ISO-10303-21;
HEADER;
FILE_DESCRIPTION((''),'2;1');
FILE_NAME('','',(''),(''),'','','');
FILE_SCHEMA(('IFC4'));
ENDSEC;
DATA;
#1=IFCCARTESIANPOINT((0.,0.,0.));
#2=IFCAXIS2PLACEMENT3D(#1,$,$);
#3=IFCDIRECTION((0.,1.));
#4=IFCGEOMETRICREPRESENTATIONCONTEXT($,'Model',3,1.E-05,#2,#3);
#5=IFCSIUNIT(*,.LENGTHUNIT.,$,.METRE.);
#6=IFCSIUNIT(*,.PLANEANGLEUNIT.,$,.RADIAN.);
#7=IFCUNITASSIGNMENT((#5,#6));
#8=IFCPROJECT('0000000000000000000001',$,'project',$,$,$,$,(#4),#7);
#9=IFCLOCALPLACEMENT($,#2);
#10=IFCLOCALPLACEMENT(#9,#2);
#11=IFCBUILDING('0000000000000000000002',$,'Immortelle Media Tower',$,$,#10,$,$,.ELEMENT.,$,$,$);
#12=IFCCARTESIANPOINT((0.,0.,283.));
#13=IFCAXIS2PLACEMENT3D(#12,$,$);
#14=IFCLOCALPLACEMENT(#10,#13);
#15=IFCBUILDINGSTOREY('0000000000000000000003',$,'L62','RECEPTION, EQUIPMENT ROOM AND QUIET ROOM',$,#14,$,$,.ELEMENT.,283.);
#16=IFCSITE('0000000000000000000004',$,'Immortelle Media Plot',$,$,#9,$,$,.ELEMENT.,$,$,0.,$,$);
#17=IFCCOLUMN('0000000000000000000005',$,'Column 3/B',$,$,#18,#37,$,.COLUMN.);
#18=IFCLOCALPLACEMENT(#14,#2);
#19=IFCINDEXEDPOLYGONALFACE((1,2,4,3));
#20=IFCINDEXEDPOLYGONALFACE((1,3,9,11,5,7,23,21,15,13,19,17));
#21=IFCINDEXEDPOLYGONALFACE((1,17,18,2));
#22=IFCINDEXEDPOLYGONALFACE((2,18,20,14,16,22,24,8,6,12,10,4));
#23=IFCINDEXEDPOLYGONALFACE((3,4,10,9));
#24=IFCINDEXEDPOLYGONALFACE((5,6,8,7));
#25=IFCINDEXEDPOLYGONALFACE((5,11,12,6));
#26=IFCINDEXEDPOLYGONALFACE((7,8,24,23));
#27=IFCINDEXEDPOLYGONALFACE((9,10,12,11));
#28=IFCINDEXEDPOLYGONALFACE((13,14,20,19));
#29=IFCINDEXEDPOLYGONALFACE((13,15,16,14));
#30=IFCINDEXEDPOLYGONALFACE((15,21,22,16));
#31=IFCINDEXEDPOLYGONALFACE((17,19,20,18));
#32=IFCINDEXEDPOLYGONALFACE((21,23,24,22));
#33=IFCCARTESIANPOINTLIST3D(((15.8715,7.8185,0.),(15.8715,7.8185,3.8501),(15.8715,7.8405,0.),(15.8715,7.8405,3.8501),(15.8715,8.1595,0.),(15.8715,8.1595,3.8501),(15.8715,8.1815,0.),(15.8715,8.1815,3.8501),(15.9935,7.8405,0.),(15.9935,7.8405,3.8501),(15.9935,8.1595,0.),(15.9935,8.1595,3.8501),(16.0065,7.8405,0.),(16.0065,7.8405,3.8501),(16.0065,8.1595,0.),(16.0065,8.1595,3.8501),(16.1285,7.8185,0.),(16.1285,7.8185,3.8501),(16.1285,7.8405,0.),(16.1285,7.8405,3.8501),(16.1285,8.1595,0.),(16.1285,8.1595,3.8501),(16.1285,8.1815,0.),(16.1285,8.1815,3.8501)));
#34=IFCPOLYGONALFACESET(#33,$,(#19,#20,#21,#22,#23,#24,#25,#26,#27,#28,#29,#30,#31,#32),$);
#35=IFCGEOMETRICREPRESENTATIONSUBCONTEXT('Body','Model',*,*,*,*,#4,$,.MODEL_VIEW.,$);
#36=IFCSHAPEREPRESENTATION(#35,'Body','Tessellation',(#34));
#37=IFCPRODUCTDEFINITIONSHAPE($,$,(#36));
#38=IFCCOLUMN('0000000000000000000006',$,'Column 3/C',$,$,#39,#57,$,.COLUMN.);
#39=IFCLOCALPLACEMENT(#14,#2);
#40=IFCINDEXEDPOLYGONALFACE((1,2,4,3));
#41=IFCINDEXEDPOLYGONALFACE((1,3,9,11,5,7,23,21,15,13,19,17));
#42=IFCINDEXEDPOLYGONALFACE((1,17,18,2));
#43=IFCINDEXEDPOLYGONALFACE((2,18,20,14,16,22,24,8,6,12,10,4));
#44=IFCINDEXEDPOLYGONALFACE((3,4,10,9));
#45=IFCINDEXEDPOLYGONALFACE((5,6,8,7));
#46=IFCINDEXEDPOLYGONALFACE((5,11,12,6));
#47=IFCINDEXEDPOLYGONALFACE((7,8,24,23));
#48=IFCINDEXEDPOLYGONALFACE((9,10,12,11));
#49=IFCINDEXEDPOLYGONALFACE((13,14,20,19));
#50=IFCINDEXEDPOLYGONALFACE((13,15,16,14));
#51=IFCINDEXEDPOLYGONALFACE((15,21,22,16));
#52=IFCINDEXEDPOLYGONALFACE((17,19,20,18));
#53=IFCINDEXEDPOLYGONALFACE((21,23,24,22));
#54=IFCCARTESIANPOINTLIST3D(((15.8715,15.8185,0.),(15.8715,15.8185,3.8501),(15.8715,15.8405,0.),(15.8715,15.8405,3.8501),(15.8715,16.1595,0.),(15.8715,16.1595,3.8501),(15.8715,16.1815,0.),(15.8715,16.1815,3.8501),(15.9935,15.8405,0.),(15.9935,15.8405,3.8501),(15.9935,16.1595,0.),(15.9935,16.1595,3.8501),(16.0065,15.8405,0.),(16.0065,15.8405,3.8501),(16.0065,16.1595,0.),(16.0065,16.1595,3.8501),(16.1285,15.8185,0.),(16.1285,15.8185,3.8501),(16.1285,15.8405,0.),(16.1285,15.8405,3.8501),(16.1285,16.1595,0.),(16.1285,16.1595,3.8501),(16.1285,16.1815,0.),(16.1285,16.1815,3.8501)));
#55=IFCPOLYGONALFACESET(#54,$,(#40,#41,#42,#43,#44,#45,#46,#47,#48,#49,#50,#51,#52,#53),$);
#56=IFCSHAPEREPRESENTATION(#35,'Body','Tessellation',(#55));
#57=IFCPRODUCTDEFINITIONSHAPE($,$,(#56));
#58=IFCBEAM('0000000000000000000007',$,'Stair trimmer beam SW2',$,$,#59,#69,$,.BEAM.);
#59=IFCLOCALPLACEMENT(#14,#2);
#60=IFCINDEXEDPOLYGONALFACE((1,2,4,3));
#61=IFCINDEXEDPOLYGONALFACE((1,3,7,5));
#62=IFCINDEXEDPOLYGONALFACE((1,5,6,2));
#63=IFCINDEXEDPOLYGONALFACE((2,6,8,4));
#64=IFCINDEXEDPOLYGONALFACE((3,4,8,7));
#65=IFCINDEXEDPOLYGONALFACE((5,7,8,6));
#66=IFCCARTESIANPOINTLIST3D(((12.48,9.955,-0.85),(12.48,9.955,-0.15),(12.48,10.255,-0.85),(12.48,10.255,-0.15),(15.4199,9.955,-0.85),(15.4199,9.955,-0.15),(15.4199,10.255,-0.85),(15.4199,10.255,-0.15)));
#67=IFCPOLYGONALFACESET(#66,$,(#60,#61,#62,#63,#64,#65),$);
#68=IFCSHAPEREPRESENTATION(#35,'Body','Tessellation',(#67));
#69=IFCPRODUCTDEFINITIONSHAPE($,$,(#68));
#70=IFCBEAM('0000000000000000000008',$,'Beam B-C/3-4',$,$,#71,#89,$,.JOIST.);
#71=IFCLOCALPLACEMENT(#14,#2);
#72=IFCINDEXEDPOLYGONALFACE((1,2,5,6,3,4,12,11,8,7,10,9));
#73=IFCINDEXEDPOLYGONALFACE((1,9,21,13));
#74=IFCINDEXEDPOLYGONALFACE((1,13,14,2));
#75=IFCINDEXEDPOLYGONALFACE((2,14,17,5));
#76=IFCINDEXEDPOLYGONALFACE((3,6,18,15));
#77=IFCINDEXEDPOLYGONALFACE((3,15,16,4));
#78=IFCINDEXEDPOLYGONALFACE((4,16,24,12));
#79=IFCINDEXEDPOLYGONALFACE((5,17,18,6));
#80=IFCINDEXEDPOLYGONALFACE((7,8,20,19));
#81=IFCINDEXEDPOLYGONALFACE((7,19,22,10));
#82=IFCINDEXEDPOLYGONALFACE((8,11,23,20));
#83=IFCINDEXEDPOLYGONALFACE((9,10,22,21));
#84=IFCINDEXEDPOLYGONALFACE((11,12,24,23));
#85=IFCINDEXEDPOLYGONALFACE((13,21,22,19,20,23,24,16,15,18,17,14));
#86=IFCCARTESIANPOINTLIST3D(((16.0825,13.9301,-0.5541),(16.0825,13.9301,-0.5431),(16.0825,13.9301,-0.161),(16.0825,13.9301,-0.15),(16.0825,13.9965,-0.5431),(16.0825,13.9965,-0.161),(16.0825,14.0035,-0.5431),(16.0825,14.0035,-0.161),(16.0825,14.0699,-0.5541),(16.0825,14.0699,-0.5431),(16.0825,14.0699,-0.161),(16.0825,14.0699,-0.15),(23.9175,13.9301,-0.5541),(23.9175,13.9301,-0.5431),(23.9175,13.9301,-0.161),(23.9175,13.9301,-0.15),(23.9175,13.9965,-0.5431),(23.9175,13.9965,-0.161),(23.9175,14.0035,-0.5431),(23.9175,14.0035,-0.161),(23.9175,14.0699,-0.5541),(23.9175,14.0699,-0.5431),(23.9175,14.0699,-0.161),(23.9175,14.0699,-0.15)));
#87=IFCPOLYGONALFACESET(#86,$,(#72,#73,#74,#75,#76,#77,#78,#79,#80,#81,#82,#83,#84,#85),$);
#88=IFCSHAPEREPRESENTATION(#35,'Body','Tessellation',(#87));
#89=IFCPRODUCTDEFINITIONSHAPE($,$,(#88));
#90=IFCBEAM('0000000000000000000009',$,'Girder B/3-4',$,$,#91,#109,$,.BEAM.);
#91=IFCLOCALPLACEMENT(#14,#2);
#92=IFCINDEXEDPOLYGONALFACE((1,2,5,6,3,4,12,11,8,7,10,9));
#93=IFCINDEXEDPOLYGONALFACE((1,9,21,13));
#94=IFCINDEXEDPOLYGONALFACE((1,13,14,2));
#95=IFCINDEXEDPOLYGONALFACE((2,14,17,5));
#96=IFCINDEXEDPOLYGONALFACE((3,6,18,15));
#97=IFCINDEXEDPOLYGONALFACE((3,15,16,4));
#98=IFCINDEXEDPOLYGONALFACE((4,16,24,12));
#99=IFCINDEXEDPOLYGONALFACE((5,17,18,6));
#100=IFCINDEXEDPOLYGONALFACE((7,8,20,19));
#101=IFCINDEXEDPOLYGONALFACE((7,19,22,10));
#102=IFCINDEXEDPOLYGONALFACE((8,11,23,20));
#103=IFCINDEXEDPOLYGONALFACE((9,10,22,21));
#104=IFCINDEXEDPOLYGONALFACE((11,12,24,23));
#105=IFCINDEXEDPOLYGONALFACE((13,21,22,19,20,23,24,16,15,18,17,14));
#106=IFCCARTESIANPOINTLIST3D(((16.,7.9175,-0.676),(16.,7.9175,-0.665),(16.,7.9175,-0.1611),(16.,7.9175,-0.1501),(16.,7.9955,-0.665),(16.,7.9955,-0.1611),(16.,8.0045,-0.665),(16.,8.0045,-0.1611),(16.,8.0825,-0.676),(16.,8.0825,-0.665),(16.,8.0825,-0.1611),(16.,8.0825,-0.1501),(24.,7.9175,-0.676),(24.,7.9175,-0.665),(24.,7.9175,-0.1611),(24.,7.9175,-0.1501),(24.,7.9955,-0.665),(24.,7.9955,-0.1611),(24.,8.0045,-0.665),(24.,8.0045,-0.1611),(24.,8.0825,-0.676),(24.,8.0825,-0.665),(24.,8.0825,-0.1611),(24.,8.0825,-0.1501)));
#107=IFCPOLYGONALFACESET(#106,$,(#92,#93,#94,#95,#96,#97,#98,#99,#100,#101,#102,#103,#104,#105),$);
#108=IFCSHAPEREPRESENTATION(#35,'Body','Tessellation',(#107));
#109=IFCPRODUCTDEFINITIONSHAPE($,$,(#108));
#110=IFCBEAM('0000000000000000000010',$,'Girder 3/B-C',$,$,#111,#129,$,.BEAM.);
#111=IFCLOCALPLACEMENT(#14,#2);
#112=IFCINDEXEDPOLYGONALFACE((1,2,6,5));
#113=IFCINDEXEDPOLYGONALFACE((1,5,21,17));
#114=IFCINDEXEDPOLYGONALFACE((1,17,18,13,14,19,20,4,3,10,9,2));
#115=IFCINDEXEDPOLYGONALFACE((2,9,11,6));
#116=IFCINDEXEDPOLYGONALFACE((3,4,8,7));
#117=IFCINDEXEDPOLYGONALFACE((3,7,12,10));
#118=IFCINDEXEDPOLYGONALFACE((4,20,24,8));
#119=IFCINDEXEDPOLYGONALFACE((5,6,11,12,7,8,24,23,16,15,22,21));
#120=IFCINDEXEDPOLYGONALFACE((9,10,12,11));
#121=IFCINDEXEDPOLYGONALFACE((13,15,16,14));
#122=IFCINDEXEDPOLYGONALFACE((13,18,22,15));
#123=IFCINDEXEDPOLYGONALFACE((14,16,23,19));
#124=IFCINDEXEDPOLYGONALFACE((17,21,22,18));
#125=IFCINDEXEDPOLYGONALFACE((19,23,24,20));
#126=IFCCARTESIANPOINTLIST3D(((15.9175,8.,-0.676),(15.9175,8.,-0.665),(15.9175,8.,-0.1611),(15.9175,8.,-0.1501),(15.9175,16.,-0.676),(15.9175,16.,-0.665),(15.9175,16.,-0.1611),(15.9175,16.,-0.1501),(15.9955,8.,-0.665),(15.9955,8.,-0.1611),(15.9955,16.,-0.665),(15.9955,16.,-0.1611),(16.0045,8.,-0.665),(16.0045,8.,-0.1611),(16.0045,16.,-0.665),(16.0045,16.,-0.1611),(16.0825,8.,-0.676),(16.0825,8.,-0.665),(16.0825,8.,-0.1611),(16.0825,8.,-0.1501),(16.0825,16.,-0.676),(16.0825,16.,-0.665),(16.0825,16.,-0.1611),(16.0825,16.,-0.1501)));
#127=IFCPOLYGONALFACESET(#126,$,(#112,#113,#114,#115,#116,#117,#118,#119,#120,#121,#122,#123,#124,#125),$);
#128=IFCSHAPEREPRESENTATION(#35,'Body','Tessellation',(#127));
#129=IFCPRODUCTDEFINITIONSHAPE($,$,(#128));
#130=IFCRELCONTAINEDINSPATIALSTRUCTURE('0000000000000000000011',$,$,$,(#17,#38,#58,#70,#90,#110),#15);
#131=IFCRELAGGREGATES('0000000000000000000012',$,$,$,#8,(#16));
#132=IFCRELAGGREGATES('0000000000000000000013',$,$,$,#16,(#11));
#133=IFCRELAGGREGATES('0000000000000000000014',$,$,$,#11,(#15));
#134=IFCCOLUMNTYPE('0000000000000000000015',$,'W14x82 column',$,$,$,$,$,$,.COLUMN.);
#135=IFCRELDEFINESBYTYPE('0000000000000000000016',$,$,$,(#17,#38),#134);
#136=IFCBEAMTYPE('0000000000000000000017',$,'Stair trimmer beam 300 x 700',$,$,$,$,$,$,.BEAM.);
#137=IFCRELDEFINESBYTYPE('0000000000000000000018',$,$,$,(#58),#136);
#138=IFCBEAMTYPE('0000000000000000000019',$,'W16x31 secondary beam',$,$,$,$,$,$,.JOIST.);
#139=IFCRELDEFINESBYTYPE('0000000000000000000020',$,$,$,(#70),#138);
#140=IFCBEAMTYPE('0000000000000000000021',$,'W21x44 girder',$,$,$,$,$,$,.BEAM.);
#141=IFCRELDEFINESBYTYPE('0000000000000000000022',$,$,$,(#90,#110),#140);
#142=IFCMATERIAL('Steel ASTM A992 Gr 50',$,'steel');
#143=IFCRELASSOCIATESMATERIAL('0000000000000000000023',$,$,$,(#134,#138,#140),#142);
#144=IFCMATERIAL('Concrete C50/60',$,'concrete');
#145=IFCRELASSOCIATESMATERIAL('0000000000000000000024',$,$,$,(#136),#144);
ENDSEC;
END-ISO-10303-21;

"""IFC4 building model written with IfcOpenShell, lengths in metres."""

from ifc_helpers import new_model, si_unit, direction, frame, origin, origin_2d, place, context, subcontext, project, spatial, rectangle, i_section, extrude, material, material_profile, profile_set, type_object, element, save


model = new_model("IFC4")

# Units and contexts
model_context = context("Model", 3, precision=1e-05, world=origin(), true_north=direction((0.0, 1.0)))
body_context = subcontext(model_context, "Body", "Model", "MODEL_VIEW")
ifc_project = project(units=[si_unit("LENGTHUNIT", "METRE"), si_unit("PLANEANGLEUNIT", "RADIAN")], contexts=[model_context])

# Site, building, storey
site_placement = place(None, origin())
site = spatial("IfcSite", under=ifc_project, at=site_placement, Name="Immortelle Media Plot", CompositionType="ELEMENT", RefElevation=0.0)
building_placement = place(site_placement, origin())
building = spatial("IfcBuilding", under=site, at=building_placement, Name="Immortelle Media Tower", CompositionType="ELEMENT")
storey_placement = place(building_placement, frame((0.0, 0.0, 283.0)))
storey = spatial("IfcBuildingStorey", under=building, at=storey_placement, Name="L62", Description="RECEPTION, EQUIPMENT ROOM AND QUIET ROOM", CompositionType="ELEMENT", Elevation=283.0)

# Columns
ifc_material_1 = material(Name="Steel ASTM A992 Gr 50", Category="steel")
ifc_material_profile_1 = material_profile(ifc_material_1, i_section(OverallWidth=0.2571, OverallDepth=0.363, WebThickness=0.0129, FlangeThickness=0.022, at=origin_2d()), Name="W14x82")
ifc_profile_set_1 = profile_set([ifc_material_profile_1], Name="Steel ASTM A992 Gr 50")
column_type = type_object("IfcColumnType", Name="W14x82 column", PredefinedType="COLUMN", material=ifc_profile_set_1)
for number, where, z_axis, x_axis, name in (
    (1, (16.0, 8.0, 0.0), (0.0, 0.0, 1.0), (1.0, 0.0, 0.0), "Column 3/B"),
    (2, (16.0, 16.0, 0.0), (0.0, 0.0, 1.0), (1.0, 0.0, 0.0), "Column 3/C"),
):
    element("IfcColumn", number, at=place(storey_placement, frame(where, z_axis=z_axis, x_axis=x_axis)), inside=storey, type_object=column_type, Name=name, PredefinedType="COLUMN", context=body_context, shape_type="SweptSolid", body=[
        extrude(i_section(OverallWidth=0.2571, OverallDepth=0.363, WebThickness=0.0129, FlangeThickness=0.022, at=origin_2d()), origin(), (0.0, 0.0, 1.0), 3.8501),
    ])

# Beams
ifc_material_2 = material(Name="Concrete C50/60", Category="concrete")
ifc_material_profile_2 = material_profile(ifc_material_2, rectangle(XDim=0.3, YDim=0.7, at=origin_2d()), Name="RC 300x700")
ifc_profile_set_2 = profile_set([ifc_material_profile_2], Name="Concrete C50/60")
beam_type_1 = type_object("IfcBeamType", Name="Stair trimmer beam 300 x 700", PredefinedType="BEAM", material=ifc_profile_set_2)
beam_1_placement = place(storey_placement, frame((12.48, 10.105, -0.5), z_axis=(1.0, 0.0, 0.0), x_axis=(0.0, 1.0, 0.0)))
element("IfcBeam", 3, at=beam_1_placement, inside=storey, type_object=beam_type_1, Name="Stair trimmer beam SW2", PredefinedType="BEAM", context=body_context, shape_type="SweptSolid", body=[
    extrude(rectangle(XDim=0.3, YDim=0.7, at=origin_2d()), origin(), (0.0, 0.0, 1.0), 2.9399),
])
ifc_material_profile_3 = material_profile(ifc_material_1, i_section(OverallWidth=0.1399, OverallDepth=0.4041, WebThickness=0.0071, FlangeThickness=0.011, at=origin_2d()), Name="W16x31")
ifc_profile_set_3 = profile_set([ifc_material_profile_3], Name="Steel ASTM A992 Gr 50")
beam_type_2 = type_object("IfcBeamType", Name="W16x31 secondary beam", PredefinedType="JOIST", material=ifc_profile_set_3)
beam_2_placement = place(storey_placement, frame((16.0825, 14.0, -0.3521), z_axis=(1.0, 0.0, 0.0), x_axis=(0.0, 1.0, 0.0)))
element("IfcBeam", 4, at=beam_2_placement, inside=storey, type_object=beam_type_2, Name="Beam B-C/3-4", PredefinedType="JOIST", context=body_context, shape_type="SweptSolid", body=[
    extrude(i_section(OverallWidth=0.1399, OverallDepth=0.4041, WebThickness=0.0071, FlangeThickness=0.011, at=origin_2d()), origin(), (0.0, 0.0, 1.0), 7.835),
])
ifc_material_profile_4 = material_profile(ifc_material_1, i_section(OverallWidth=0.165, OverallDepth=0.5259, WebThickness=0.009, FlangeThickness=0.011, at=origin_2d()), Name="W21x44")
ifc_profile_set_4 = profile_set([ifc_material_profile_4], Name="Steel ASTM A992 Gr 50")
beam_type_3 = type_object("IfcBeamType", Name="W21x44 girder", PredefinedType="BEAM", material=ifc_profile_set_4)
for number, where, z_axis, x_axis, name in (
    (5, (16.0, 8.0, -0.4131), (1.0, 0.0, 0.0), (0.0, 1.0, 0.0), "Girder B/3-4"),
    (6, (16.0, 8.0, -0.4131), (0.0, 1.0, 0.0), (-1.0, 0.0, 0.0), "Girder 3/B-C"),
):
    element("IfcBeam", number, at=place(storey_placement, frame(where, z_axis=z_axis, x_axis=x_axis)), inside=storey, type_object=beam_type_3, Name=name, PredefinedType="BEAM", context=body_context, shape_type="SweptSolid", body=[
        extrude(i_section(OverallWidth=0.165, OverallDepth=0.5259, WebThickness=0.009, FlangeThickness=0.011, at=origin_2d()), origin(), (0.0, 0.0, 1.0), 8.0),
    ])

save(model, "model.ifc")
